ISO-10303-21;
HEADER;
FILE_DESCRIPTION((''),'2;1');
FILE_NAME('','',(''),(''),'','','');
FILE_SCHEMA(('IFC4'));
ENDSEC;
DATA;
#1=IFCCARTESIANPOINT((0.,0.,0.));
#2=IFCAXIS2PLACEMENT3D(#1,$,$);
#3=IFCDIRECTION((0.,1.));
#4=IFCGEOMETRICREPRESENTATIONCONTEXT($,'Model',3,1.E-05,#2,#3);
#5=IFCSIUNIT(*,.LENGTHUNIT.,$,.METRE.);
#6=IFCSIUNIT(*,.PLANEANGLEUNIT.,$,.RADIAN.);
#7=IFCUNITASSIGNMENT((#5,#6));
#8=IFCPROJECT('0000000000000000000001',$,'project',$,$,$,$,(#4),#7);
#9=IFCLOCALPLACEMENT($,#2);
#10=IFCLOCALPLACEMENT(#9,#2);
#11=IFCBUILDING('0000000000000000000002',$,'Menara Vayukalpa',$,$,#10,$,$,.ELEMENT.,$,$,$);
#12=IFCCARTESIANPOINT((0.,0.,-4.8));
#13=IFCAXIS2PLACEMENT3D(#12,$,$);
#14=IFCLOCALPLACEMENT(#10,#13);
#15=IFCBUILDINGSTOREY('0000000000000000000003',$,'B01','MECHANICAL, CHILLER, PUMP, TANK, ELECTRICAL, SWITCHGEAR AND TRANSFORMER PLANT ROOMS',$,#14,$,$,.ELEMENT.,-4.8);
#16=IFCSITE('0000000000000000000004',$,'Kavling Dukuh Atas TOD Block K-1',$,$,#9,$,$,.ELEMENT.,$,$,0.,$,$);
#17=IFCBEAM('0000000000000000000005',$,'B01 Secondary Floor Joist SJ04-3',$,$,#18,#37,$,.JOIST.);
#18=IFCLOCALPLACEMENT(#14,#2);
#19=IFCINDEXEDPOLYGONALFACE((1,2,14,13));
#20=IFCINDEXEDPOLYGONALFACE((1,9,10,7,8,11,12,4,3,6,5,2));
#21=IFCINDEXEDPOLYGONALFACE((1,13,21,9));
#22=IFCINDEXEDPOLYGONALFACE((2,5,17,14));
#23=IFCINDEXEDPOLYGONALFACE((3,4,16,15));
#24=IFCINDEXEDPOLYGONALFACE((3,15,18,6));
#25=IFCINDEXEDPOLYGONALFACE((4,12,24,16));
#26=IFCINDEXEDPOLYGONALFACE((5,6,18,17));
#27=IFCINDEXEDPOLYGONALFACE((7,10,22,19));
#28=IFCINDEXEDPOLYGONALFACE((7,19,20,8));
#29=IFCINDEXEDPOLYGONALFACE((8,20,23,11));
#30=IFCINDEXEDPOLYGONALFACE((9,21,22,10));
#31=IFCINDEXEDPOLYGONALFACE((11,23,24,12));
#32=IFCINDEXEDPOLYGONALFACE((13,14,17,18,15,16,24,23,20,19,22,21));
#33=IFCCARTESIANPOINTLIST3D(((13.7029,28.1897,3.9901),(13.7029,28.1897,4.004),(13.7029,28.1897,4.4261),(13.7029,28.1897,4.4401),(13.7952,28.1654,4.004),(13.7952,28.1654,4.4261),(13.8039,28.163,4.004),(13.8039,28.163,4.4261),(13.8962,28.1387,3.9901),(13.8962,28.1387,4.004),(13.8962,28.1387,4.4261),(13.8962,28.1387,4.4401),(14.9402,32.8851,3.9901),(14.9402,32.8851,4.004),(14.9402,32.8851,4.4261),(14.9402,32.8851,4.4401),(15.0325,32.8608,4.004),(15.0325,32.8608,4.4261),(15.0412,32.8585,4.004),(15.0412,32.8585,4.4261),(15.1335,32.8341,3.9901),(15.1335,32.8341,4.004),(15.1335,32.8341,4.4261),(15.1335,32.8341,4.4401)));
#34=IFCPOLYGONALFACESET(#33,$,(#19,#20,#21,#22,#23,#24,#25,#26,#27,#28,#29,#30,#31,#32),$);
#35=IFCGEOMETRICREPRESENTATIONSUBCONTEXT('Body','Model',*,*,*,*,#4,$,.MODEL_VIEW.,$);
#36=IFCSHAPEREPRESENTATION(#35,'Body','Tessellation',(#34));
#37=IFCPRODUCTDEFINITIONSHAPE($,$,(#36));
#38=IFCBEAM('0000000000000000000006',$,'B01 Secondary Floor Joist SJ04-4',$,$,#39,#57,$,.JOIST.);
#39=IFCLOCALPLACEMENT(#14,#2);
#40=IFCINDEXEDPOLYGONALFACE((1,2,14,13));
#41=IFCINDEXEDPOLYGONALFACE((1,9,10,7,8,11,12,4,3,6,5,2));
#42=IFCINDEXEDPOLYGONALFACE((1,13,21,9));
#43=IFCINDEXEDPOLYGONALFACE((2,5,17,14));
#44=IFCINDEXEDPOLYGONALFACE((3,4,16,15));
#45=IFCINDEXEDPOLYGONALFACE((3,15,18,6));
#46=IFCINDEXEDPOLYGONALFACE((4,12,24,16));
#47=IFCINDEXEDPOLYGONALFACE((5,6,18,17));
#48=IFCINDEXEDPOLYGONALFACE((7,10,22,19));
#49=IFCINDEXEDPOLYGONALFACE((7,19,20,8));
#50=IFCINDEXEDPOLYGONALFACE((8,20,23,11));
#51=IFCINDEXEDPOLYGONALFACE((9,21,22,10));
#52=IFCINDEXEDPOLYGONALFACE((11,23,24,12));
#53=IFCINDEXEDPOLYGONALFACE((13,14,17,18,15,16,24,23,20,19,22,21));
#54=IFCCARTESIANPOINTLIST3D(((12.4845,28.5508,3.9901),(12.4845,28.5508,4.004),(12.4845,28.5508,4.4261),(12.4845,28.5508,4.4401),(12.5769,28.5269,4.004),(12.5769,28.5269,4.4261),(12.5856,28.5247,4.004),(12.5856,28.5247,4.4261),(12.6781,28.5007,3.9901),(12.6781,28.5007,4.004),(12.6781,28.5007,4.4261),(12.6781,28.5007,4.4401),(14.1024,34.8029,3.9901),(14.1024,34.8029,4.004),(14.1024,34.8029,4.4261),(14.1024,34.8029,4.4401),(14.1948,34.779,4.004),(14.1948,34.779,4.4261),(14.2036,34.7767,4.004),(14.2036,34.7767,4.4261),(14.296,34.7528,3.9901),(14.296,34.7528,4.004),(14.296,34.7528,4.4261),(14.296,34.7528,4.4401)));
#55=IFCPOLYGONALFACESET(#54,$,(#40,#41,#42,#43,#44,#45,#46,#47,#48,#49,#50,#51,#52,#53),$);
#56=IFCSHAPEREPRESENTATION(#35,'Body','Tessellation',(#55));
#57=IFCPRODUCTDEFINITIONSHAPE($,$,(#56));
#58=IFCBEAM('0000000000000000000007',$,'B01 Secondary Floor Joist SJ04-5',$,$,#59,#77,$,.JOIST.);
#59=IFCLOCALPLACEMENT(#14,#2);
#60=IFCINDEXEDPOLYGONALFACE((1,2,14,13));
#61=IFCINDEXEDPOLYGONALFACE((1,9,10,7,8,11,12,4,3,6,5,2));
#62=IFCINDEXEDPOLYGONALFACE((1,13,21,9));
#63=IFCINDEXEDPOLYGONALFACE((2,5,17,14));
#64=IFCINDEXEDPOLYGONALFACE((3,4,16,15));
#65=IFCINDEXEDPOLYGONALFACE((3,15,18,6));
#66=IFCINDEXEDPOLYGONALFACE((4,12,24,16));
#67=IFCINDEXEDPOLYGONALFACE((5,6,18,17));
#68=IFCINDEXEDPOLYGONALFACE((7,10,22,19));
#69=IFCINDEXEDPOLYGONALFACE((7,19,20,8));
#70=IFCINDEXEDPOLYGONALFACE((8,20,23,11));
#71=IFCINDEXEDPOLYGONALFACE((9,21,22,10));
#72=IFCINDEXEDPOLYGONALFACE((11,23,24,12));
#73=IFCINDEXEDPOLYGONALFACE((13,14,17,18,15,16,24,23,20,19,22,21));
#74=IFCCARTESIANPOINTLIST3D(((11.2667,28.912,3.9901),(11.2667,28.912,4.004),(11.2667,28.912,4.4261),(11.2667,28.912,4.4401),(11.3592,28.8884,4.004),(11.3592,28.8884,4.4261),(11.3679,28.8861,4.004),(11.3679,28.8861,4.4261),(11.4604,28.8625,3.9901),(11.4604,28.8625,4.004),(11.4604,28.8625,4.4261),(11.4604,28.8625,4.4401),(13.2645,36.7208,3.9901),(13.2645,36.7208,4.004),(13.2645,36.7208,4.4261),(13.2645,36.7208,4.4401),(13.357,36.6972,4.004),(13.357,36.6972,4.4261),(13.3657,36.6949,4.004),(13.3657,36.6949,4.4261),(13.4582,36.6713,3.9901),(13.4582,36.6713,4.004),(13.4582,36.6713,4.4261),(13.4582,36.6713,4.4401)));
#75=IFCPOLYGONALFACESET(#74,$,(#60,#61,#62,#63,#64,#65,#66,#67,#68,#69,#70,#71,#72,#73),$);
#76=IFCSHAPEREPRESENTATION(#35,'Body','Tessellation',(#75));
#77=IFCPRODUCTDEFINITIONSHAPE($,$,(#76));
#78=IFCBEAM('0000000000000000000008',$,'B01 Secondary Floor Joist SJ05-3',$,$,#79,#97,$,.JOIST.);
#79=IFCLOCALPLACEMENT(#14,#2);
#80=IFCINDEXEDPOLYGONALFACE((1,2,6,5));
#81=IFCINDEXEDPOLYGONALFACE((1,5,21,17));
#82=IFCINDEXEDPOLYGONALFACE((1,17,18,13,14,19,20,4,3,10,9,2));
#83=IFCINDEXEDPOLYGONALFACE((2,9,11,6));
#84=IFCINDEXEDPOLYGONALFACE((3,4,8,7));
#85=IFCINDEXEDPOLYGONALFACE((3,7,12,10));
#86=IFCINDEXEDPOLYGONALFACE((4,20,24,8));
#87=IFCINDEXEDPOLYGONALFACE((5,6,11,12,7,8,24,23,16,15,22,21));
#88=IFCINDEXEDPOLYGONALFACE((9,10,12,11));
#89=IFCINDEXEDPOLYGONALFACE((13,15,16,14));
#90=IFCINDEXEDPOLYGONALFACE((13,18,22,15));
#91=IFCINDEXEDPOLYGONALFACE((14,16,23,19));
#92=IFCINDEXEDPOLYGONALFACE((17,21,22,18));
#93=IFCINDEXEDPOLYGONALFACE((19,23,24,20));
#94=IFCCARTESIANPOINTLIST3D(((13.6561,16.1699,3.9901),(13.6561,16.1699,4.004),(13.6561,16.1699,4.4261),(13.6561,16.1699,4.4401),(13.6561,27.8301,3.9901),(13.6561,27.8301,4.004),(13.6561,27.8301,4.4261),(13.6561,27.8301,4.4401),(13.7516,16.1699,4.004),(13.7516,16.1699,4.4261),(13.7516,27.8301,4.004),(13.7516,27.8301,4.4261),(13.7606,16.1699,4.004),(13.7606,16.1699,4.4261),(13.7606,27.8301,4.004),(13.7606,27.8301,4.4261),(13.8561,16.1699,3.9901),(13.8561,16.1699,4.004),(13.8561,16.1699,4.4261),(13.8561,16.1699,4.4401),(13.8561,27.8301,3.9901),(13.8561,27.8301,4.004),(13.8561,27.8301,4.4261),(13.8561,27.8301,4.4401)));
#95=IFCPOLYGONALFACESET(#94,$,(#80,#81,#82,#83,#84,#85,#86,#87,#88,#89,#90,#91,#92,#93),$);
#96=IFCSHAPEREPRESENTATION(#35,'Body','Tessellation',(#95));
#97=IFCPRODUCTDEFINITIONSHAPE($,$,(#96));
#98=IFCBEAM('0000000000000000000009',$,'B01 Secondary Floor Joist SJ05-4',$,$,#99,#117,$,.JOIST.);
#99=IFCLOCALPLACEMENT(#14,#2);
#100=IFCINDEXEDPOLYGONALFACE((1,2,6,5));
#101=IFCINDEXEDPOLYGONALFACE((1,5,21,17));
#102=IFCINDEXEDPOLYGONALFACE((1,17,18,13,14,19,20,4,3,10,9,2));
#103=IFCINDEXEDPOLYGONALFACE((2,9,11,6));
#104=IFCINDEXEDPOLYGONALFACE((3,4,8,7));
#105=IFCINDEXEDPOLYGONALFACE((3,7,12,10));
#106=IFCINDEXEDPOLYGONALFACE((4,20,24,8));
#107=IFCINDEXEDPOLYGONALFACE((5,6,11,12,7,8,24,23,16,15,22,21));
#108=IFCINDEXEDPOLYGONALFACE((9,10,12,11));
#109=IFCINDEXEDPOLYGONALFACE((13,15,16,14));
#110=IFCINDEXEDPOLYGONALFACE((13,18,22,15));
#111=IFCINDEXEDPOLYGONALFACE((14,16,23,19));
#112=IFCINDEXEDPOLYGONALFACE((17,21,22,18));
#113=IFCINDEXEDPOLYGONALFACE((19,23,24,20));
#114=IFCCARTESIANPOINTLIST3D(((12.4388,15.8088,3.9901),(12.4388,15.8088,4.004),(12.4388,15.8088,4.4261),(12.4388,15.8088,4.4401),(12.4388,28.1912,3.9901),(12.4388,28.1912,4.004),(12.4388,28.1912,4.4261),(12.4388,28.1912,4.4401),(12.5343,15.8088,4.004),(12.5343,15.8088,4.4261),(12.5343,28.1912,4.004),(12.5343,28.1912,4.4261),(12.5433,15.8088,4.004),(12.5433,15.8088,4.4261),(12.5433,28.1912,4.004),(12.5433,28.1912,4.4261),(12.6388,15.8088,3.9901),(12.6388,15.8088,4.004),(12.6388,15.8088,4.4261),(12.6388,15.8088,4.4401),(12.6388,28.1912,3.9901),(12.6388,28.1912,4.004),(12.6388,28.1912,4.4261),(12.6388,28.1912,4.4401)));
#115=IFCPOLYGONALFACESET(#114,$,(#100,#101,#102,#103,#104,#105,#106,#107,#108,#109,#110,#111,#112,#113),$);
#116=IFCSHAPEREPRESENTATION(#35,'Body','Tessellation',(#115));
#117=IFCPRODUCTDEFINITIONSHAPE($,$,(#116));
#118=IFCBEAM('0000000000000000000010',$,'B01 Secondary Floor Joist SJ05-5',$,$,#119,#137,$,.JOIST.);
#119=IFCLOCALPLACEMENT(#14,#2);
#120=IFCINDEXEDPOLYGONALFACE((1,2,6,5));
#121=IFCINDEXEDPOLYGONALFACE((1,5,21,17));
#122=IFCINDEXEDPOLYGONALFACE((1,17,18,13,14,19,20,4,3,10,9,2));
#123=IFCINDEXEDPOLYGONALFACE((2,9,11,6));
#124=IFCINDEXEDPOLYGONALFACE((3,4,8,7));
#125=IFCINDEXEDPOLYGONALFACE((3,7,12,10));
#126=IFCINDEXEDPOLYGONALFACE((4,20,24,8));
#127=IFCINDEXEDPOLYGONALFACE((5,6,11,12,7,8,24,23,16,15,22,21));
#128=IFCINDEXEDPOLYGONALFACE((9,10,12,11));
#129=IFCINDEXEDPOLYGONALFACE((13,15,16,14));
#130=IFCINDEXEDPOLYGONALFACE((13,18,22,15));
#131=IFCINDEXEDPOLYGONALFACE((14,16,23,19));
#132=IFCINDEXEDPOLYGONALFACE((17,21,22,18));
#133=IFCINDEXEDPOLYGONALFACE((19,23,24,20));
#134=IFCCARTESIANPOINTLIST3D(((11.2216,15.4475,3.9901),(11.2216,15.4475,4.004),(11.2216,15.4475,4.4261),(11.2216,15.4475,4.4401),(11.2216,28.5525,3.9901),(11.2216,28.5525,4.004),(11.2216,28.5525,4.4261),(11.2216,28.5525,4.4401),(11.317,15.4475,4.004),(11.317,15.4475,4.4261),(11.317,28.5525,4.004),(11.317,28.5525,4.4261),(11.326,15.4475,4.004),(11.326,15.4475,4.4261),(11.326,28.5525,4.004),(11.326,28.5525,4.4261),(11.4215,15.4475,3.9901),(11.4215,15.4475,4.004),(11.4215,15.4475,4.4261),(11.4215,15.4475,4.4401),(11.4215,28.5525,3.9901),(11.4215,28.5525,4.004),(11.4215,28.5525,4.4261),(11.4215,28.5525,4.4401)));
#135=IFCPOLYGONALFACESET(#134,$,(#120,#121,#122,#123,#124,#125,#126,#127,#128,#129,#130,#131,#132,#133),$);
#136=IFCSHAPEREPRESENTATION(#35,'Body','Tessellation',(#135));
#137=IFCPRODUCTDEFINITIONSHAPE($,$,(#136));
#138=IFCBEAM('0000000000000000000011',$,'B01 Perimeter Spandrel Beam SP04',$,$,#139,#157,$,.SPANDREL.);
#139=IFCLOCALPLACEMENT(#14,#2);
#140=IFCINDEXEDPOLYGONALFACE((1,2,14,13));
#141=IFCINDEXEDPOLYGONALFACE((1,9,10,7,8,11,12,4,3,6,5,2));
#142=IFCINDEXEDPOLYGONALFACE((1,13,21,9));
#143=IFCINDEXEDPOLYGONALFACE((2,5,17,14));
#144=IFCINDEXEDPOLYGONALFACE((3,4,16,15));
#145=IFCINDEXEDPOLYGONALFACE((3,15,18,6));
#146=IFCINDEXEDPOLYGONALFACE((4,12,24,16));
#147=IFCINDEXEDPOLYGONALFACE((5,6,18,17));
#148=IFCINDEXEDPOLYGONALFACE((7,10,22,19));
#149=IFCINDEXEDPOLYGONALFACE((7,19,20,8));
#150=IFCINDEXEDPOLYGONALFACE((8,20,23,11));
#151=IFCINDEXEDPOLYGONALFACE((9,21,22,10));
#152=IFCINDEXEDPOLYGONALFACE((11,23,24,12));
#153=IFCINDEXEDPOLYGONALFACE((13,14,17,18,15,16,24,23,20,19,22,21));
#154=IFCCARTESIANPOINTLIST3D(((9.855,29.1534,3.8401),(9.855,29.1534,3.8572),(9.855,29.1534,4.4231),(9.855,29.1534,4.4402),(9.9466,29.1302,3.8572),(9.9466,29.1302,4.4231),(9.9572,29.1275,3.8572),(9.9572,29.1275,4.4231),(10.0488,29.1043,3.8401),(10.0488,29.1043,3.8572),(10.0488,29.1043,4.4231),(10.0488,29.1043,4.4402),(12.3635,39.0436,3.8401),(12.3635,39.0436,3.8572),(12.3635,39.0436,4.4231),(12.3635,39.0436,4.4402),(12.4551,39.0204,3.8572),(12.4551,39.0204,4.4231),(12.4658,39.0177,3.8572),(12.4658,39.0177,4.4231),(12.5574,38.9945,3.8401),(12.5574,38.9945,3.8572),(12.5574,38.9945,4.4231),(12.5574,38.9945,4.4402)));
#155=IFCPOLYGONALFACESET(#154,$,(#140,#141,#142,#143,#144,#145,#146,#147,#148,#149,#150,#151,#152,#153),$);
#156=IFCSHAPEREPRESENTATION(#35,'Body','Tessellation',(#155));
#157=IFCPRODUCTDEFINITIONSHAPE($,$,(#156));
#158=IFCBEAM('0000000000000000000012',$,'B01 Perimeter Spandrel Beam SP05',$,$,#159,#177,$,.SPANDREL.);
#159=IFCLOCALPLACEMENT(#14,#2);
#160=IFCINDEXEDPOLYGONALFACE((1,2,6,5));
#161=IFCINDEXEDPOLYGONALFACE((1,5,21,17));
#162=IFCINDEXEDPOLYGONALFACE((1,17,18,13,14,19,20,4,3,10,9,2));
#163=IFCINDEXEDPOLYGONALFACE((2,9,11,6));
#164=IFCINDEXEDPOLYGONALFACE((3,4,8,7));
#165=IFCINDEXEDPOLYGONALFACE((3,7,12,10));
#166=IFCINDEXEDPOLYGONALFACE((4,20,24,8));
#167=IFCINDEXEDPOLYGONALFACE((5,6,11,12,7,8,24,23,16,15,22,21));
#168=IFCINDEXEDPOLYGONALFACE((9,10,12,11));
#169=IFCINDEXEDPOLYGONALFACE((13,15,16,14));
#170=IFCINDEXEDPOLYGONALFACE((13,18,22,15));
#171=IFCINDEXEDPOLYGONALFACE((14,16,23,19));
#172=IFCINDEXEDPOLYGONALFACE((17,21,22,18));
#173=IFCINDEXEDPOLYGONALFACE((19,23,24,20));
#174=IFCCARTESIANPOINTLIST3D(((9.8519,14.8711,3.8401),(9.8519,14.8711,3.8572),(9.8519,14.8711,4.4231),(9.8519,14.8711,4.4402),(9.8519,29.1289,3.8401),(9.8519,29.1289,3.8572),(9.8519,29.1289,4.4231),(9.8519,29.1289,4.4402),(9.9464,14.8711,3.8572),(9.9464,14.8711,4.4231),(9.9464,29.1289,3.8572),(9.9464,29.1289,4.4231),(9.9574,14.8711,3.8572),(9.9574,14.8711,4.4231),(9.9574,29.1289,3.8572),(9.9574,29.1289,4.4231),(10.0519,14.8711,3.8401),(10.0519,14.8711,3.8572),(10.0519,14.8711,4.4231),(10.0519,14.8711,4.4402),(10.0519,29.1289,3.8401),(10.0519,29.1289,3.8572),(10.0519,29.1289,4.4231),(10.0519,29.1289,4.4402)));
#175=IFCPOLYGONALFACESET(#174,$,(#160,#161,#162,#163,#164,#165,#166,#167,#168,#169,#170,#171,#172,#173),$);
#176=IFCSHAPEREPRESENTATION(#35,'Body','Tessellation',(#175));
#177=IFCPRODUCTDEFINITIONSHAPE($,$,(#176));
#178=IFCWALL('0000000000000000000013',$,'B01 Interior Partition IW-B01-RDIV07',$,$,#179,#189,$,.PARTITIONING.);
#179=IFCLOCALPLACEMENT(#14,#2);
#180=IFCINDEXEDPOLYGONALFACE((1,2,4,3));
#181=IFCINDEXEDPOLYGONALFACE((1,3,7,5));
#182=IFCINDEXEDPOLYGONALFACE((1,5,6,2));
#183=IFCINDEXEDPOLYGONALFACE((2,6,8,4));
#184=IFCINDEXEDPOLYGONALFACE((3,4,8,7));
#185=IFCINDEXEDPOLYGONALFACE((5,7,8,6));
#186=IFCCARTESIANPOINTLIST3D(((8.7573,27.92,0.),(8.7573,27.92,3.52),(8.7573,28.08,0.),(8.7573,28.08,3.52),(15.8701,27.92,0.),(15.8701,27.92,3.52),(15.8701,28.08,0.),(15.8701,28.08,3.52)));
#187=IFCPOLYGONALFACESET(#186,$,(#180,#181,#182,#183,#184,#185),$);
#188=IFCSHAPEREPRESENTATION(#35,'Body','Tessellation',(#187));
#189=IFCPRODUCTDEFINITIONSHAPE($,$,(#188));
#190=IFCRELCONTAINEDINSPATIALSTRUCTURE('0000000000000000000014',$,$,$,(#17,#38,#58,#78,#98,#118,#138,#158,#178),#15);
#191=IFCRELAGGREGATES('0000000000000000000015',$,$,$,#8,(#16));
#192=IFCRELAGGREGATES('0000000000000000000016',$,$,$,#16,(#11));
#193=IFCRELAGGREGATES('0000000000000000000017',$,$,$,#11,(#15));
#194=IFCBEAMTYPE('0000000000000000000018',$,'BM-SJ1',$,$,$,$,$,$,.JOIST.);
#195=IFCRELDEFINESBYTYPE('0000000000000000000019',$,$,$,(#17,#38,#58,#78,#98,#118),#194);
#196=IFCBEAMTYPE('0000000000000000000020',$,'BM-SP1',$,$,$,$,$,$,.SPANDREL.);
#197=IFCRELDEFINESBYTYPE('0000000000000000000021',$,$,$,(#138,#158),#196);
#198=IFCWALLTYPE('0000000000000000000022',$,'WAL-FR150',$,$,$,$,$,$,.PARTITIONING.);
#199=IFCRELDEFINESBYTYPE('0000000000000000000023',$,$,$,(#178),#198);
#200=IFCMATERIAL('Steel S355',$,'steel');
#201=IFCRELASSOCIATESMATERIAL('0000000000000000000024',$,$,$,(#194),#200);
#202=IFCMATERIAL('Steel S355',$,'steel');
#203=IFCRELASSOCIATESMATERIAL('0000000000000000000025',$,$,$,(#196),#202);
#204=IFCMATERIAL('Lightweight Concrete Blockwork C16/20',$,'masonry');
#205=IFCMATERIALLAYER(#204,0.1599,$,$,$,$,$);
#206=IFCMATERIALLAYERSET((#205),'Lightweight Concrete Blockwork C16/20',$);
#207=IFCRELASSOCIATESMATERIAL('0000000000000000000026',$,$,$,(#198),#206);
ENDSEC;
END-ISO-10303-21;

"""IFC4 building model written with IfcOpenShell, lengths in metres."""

from ifc_helpers import new_model, si_unit, direction, frame, frame_2d, origin, origin_2d, place, context, subcontext, project, spatial, rectangle, i_section, extrude, material, layer, layer_set, material_profile, profile_set, type_object, element, save


model = new_model("IFC4")

# Units and contexts
model_context = context("Model", 3, precision=1e-05, world=origin(), true_north=direction((0.0, 1.0)))
body_context = subcontext(model_context, "Body", "Model", "MODEL_VIEW")
ifc_project = project(units=[si_unit("LENGTHUNIT", "METRE"), si_unit("PLANEANGLEUNIT", "RADIAN")], contexts=[model_context])

# Site, building, storey
site_placement = place(None, origin())
site = spatial("IfcSite", under=ifc_project, at=site_placement, Name="Kavling Dukuh Atas TOD Block K-1", CompositionType="ELEMENT", RefElevation=0.0)
building_placement = place(site_placement, origin())
building = spatial("IfcBuilding", under=site, at=building_placement, Name="Menara Vayukalpa", CompositionType="ELEMENT")
storey_placement = place(building_placement, frame((0.0, 0.0, -4.8)))
storey = spatial("IfcBuildingStorey", under=building, at=storey_placement, Name="B01", Description="MECHANICAL, CHILLER, PUMP, TANK, ELECTRICAL, SWITCHGEAR AND TRANSFORMER PLANT ROOMS", CompositionType="ELEMENT", Elevation=-4.8)

# Beams
ifc_material_1 = material(Name="Steel S355", Category="steel")
ifc_material_profile_1 = material_profile(ifc_material_1, i_section(OverallWidth=0.2, OverallDepth=0.45, WebThickness=0.009, FlangeThickness=0.0139, at=origin_2d()), Name="WF 450x200x9x14")
ifc_profile_set_1 = profile_set([ifc_material_profile_1], Name="Steel S355")
beam_type_1 = type_object("IfcBeamType", Name="BM-SJ1", PredefinedType="JOIST", material=ifc_profile_set_1)
beam_1_placement = place(storey_placement, frame((15.0369, 32.8596, 4.2151), z_axis=(-0.25482, -0.966989, 0.0), x_axis=(0.966989, -0.25482, 0.0)))
element("IfcBeam", 1, at=beam_1_placement, inside=storey, type_object=beam_type_1, Name="B01 Secondary Floor Joist SJ04-3", PredefinedType="JOIST", context=body_context, shape_type="SweptSolid", body=[
    extrude(i_section(OverallWidth=0.2, OverallDepth=0.45, WebThickness=0.009, FlangeThickness=0.0139, at=origin_2d()), origin(), (0.0, 0.0, 1.0), 4.8557),
])
beam_2_placement = place(storey_placement, frame((14.1992, 34.7778, 4.2151), z_axis=(-0.250533, -0.968108, 0.0), x_axis=(0.968108, -0.250533, 0.0)))
element("IfcBeam", 2, at=beam_2_placement, inside=storey, type_object=beam_type_1, Name="B01 Secondary Floor Joist SJ04-4", PredefinedType="JOIST", context=body_context, shape_type="SweptSolid", body=[
    extrude(i_section(OverallWidth=0.2, OverallDepth=0.45, WebThickness=0.009, FlangeThickness=0.0139, at=origin_2d()), origin(), (0.0, 0.0, 1.0), 6.458),
])
beam_3_placement = place(storey_placement, frame((13.3613, 36.696, 4.2151), z_axis=(-0.247856, -0.968797, 0.0), x_axis=(0.968797, -0.247856, 0.0)))
element("IfcBeam", 3, at=beam_3_placement, inside=storey, type_object=beam_type_1, Name="B01 Secondary Floor Joist SJ04-5", PredefinedType="JOIST", context=body_context, shape_type="SweptSolid", body=[
    extrude(i_section(OverallWidth=0.2, OverallDepth=0.45, WebThickness=0.009, FlangeThickness=0.0139, at=origin_2d()), origin(), (0.0, 0.0, 1.0), 8.0603),
])
beam_4_placement = place(storey_placement, frame((13.7561, 27.8301, 4.2151), z_axis=(0.0, -1.0, 0.0), x_axis=(1.0, 0.0, 0.0)))
element("IfcBeam", 4, at=beam_4_placement, inside=storey, type_object=beam_type_1, Name="B01 Secondary Floor Joist SJ05-3", PredefinedType="JOIST", context=body_context, shape_type="SweptSolid", body=[
    extrude(i_section(OverallWidth=0.2, OverallDepth=0.45, WebThickness=0.009, FlangeThickness=0.0139, at=origin_2d()), origin(), (0.0, 0.0, 1.0), 11.6602),
])
beam_5_placement = place(storey_placement, frame((12.5388, 28.1912, 4.2151), z_axis=(0.0, -1.0, 0.0), x_axis=(1.0, 0.0, 0.0)))
element("IfcBeam", 5, at=beam_5_placement, inside=storey, type_object=beam_type_1, Name="B01 Secondary Floor Joist SJ05-4", PredefinedType="JOIST", context=body_context, shape_type="SweptSolid", body=[
    extrude(i_section(OverallWidth=0.2, OverallDepth=0.45, WebThickness=0.009, FlangeThickness=0.0139, at=origin_2d()), origin(), (0.0, 0.0, 1.0), 12.3823),
])
beam_6_placement = place(storey_placement, frame((11.3215, 28.5525, 4.2151), z_axis=(0.0, -1.0, 0.0), x_axis=(1.0, 0.0, 0.0)))
element("IfcBeam", 6, at=beam_6_placement, inside=storey, type_object=beam_type_1, Name="B01 Secondary Floor Joist SJ05-5", PredefinedType="JOIST", context=body_context, shape_type="SweptSolid", body=[
    extrude(i_section(OverallWidth=0.2, OverallDepth=0.45, WebThickness=0.009, FlangeThickness=0.0139, at=origin_2d()), origin(), (0.0, 0.0, 1.0), 13.105),
])
ifc_material_2 = material(Name="Steel S355", Category="steel")
ifc_material_profile_2 = material_profile(ifc_material_2, i_section(OverallWidth=0.2, OverallDepth=0.6001, WebThickness=0.011, FlangeThickness=0.0171, at=origin_2d()), Name="WF 600x200x11x17")
ifc_profile_set_2 = profile_set([ifc_material_profile_2], Name="Steel S355")
beam_type_2 = type_object("IfcBeamType", Name="BM-SP1", PredefinedType="SPANDREL", material=ifc_profile_set_2)
beam_7_placement = place(storey_placement, frame((12.4604, 39.019, 4.1401), z_axis=(-0.245856, -0.969306, 0.0), x_axis=(0.969306, -0.245856, 0.0)))
element("IfcBeam", 7, at=beam_7_placement, inside=storey, type_object=beam_type_2, Name="B01 Perimeter Spandrel Beam SP04", PredefinedType="SPANDREL", context=body_context, shape_type="SweptSolid", body=[
    extrude(i_section(OverallWidth=0.2, OverallDepth=0.6001, WebThickness=0.011, FlangeThickness=0.0171, at=origin_2d()), origin(), (0.0, 0.0, 1.0), 10.2034),
])
beam_8_placement = place(storey_placement, frame((9.9519, 29.1289, 4.1401), z_axis=(0.0, -1.0, 0.0), x_axis=(1.0, 0.0, 0.0)))
element("IfcBeam", 8, at=beam_8_placement, inside=storey, type_object=beam_type_2, Name="B01 Perimeter Spandrel Beam SP05", PredefinedType="SPANDREL", context=body_context, shape_type="SweptSolid", body=[
    extrude(i_section(OverallWidth=0.2, OverallDepth=0.6001, WebThickness=0.011, FlangeThickness=0.0171, at=origin_2d()), origin(), (0.0, 0.0, 1.0), 14.2578),
])

# Wall
ifc_material_3 = material(Name="Lightweight Concrete Blockwork C16/20", Category="masonry")
ifc_layer_1 = layer(ifc_material_3, 0.1599)
ifc_layer_set_1 = layer_set([ifc_layer_1], Name="Lightweight Concrete Blockwork C16/20")
wall_type_1 = type_object("IfcWallType", Name="WAL-FR150", PredefinedType="PARTITIONING", material=ifc_layer_set_1)
wall_1_placement = place(storey_placement, frame((8.7573, 28.0, 0.0), z_axis=(0.0, 0.0, 1.0), x_axis=(1.0, 0.0, 0.0)))
element("IfcWall", 9, at=wall_1_placement, inside=storey, type_object=wall_type_1, Name="B01 Interior Partition IW-B01-RDIV07", PredefinedType="PARTITIONING", context=body_context, shape_type="SweptSolid", body=[
    extrude(rectangle(XDim=7.1128, YDim=0.1599, at=frame_2d((3.5564, 0.0))), origin(), (0.0, 0.0, 1.0), 3.52),
])

save(model, "model.ifc")
